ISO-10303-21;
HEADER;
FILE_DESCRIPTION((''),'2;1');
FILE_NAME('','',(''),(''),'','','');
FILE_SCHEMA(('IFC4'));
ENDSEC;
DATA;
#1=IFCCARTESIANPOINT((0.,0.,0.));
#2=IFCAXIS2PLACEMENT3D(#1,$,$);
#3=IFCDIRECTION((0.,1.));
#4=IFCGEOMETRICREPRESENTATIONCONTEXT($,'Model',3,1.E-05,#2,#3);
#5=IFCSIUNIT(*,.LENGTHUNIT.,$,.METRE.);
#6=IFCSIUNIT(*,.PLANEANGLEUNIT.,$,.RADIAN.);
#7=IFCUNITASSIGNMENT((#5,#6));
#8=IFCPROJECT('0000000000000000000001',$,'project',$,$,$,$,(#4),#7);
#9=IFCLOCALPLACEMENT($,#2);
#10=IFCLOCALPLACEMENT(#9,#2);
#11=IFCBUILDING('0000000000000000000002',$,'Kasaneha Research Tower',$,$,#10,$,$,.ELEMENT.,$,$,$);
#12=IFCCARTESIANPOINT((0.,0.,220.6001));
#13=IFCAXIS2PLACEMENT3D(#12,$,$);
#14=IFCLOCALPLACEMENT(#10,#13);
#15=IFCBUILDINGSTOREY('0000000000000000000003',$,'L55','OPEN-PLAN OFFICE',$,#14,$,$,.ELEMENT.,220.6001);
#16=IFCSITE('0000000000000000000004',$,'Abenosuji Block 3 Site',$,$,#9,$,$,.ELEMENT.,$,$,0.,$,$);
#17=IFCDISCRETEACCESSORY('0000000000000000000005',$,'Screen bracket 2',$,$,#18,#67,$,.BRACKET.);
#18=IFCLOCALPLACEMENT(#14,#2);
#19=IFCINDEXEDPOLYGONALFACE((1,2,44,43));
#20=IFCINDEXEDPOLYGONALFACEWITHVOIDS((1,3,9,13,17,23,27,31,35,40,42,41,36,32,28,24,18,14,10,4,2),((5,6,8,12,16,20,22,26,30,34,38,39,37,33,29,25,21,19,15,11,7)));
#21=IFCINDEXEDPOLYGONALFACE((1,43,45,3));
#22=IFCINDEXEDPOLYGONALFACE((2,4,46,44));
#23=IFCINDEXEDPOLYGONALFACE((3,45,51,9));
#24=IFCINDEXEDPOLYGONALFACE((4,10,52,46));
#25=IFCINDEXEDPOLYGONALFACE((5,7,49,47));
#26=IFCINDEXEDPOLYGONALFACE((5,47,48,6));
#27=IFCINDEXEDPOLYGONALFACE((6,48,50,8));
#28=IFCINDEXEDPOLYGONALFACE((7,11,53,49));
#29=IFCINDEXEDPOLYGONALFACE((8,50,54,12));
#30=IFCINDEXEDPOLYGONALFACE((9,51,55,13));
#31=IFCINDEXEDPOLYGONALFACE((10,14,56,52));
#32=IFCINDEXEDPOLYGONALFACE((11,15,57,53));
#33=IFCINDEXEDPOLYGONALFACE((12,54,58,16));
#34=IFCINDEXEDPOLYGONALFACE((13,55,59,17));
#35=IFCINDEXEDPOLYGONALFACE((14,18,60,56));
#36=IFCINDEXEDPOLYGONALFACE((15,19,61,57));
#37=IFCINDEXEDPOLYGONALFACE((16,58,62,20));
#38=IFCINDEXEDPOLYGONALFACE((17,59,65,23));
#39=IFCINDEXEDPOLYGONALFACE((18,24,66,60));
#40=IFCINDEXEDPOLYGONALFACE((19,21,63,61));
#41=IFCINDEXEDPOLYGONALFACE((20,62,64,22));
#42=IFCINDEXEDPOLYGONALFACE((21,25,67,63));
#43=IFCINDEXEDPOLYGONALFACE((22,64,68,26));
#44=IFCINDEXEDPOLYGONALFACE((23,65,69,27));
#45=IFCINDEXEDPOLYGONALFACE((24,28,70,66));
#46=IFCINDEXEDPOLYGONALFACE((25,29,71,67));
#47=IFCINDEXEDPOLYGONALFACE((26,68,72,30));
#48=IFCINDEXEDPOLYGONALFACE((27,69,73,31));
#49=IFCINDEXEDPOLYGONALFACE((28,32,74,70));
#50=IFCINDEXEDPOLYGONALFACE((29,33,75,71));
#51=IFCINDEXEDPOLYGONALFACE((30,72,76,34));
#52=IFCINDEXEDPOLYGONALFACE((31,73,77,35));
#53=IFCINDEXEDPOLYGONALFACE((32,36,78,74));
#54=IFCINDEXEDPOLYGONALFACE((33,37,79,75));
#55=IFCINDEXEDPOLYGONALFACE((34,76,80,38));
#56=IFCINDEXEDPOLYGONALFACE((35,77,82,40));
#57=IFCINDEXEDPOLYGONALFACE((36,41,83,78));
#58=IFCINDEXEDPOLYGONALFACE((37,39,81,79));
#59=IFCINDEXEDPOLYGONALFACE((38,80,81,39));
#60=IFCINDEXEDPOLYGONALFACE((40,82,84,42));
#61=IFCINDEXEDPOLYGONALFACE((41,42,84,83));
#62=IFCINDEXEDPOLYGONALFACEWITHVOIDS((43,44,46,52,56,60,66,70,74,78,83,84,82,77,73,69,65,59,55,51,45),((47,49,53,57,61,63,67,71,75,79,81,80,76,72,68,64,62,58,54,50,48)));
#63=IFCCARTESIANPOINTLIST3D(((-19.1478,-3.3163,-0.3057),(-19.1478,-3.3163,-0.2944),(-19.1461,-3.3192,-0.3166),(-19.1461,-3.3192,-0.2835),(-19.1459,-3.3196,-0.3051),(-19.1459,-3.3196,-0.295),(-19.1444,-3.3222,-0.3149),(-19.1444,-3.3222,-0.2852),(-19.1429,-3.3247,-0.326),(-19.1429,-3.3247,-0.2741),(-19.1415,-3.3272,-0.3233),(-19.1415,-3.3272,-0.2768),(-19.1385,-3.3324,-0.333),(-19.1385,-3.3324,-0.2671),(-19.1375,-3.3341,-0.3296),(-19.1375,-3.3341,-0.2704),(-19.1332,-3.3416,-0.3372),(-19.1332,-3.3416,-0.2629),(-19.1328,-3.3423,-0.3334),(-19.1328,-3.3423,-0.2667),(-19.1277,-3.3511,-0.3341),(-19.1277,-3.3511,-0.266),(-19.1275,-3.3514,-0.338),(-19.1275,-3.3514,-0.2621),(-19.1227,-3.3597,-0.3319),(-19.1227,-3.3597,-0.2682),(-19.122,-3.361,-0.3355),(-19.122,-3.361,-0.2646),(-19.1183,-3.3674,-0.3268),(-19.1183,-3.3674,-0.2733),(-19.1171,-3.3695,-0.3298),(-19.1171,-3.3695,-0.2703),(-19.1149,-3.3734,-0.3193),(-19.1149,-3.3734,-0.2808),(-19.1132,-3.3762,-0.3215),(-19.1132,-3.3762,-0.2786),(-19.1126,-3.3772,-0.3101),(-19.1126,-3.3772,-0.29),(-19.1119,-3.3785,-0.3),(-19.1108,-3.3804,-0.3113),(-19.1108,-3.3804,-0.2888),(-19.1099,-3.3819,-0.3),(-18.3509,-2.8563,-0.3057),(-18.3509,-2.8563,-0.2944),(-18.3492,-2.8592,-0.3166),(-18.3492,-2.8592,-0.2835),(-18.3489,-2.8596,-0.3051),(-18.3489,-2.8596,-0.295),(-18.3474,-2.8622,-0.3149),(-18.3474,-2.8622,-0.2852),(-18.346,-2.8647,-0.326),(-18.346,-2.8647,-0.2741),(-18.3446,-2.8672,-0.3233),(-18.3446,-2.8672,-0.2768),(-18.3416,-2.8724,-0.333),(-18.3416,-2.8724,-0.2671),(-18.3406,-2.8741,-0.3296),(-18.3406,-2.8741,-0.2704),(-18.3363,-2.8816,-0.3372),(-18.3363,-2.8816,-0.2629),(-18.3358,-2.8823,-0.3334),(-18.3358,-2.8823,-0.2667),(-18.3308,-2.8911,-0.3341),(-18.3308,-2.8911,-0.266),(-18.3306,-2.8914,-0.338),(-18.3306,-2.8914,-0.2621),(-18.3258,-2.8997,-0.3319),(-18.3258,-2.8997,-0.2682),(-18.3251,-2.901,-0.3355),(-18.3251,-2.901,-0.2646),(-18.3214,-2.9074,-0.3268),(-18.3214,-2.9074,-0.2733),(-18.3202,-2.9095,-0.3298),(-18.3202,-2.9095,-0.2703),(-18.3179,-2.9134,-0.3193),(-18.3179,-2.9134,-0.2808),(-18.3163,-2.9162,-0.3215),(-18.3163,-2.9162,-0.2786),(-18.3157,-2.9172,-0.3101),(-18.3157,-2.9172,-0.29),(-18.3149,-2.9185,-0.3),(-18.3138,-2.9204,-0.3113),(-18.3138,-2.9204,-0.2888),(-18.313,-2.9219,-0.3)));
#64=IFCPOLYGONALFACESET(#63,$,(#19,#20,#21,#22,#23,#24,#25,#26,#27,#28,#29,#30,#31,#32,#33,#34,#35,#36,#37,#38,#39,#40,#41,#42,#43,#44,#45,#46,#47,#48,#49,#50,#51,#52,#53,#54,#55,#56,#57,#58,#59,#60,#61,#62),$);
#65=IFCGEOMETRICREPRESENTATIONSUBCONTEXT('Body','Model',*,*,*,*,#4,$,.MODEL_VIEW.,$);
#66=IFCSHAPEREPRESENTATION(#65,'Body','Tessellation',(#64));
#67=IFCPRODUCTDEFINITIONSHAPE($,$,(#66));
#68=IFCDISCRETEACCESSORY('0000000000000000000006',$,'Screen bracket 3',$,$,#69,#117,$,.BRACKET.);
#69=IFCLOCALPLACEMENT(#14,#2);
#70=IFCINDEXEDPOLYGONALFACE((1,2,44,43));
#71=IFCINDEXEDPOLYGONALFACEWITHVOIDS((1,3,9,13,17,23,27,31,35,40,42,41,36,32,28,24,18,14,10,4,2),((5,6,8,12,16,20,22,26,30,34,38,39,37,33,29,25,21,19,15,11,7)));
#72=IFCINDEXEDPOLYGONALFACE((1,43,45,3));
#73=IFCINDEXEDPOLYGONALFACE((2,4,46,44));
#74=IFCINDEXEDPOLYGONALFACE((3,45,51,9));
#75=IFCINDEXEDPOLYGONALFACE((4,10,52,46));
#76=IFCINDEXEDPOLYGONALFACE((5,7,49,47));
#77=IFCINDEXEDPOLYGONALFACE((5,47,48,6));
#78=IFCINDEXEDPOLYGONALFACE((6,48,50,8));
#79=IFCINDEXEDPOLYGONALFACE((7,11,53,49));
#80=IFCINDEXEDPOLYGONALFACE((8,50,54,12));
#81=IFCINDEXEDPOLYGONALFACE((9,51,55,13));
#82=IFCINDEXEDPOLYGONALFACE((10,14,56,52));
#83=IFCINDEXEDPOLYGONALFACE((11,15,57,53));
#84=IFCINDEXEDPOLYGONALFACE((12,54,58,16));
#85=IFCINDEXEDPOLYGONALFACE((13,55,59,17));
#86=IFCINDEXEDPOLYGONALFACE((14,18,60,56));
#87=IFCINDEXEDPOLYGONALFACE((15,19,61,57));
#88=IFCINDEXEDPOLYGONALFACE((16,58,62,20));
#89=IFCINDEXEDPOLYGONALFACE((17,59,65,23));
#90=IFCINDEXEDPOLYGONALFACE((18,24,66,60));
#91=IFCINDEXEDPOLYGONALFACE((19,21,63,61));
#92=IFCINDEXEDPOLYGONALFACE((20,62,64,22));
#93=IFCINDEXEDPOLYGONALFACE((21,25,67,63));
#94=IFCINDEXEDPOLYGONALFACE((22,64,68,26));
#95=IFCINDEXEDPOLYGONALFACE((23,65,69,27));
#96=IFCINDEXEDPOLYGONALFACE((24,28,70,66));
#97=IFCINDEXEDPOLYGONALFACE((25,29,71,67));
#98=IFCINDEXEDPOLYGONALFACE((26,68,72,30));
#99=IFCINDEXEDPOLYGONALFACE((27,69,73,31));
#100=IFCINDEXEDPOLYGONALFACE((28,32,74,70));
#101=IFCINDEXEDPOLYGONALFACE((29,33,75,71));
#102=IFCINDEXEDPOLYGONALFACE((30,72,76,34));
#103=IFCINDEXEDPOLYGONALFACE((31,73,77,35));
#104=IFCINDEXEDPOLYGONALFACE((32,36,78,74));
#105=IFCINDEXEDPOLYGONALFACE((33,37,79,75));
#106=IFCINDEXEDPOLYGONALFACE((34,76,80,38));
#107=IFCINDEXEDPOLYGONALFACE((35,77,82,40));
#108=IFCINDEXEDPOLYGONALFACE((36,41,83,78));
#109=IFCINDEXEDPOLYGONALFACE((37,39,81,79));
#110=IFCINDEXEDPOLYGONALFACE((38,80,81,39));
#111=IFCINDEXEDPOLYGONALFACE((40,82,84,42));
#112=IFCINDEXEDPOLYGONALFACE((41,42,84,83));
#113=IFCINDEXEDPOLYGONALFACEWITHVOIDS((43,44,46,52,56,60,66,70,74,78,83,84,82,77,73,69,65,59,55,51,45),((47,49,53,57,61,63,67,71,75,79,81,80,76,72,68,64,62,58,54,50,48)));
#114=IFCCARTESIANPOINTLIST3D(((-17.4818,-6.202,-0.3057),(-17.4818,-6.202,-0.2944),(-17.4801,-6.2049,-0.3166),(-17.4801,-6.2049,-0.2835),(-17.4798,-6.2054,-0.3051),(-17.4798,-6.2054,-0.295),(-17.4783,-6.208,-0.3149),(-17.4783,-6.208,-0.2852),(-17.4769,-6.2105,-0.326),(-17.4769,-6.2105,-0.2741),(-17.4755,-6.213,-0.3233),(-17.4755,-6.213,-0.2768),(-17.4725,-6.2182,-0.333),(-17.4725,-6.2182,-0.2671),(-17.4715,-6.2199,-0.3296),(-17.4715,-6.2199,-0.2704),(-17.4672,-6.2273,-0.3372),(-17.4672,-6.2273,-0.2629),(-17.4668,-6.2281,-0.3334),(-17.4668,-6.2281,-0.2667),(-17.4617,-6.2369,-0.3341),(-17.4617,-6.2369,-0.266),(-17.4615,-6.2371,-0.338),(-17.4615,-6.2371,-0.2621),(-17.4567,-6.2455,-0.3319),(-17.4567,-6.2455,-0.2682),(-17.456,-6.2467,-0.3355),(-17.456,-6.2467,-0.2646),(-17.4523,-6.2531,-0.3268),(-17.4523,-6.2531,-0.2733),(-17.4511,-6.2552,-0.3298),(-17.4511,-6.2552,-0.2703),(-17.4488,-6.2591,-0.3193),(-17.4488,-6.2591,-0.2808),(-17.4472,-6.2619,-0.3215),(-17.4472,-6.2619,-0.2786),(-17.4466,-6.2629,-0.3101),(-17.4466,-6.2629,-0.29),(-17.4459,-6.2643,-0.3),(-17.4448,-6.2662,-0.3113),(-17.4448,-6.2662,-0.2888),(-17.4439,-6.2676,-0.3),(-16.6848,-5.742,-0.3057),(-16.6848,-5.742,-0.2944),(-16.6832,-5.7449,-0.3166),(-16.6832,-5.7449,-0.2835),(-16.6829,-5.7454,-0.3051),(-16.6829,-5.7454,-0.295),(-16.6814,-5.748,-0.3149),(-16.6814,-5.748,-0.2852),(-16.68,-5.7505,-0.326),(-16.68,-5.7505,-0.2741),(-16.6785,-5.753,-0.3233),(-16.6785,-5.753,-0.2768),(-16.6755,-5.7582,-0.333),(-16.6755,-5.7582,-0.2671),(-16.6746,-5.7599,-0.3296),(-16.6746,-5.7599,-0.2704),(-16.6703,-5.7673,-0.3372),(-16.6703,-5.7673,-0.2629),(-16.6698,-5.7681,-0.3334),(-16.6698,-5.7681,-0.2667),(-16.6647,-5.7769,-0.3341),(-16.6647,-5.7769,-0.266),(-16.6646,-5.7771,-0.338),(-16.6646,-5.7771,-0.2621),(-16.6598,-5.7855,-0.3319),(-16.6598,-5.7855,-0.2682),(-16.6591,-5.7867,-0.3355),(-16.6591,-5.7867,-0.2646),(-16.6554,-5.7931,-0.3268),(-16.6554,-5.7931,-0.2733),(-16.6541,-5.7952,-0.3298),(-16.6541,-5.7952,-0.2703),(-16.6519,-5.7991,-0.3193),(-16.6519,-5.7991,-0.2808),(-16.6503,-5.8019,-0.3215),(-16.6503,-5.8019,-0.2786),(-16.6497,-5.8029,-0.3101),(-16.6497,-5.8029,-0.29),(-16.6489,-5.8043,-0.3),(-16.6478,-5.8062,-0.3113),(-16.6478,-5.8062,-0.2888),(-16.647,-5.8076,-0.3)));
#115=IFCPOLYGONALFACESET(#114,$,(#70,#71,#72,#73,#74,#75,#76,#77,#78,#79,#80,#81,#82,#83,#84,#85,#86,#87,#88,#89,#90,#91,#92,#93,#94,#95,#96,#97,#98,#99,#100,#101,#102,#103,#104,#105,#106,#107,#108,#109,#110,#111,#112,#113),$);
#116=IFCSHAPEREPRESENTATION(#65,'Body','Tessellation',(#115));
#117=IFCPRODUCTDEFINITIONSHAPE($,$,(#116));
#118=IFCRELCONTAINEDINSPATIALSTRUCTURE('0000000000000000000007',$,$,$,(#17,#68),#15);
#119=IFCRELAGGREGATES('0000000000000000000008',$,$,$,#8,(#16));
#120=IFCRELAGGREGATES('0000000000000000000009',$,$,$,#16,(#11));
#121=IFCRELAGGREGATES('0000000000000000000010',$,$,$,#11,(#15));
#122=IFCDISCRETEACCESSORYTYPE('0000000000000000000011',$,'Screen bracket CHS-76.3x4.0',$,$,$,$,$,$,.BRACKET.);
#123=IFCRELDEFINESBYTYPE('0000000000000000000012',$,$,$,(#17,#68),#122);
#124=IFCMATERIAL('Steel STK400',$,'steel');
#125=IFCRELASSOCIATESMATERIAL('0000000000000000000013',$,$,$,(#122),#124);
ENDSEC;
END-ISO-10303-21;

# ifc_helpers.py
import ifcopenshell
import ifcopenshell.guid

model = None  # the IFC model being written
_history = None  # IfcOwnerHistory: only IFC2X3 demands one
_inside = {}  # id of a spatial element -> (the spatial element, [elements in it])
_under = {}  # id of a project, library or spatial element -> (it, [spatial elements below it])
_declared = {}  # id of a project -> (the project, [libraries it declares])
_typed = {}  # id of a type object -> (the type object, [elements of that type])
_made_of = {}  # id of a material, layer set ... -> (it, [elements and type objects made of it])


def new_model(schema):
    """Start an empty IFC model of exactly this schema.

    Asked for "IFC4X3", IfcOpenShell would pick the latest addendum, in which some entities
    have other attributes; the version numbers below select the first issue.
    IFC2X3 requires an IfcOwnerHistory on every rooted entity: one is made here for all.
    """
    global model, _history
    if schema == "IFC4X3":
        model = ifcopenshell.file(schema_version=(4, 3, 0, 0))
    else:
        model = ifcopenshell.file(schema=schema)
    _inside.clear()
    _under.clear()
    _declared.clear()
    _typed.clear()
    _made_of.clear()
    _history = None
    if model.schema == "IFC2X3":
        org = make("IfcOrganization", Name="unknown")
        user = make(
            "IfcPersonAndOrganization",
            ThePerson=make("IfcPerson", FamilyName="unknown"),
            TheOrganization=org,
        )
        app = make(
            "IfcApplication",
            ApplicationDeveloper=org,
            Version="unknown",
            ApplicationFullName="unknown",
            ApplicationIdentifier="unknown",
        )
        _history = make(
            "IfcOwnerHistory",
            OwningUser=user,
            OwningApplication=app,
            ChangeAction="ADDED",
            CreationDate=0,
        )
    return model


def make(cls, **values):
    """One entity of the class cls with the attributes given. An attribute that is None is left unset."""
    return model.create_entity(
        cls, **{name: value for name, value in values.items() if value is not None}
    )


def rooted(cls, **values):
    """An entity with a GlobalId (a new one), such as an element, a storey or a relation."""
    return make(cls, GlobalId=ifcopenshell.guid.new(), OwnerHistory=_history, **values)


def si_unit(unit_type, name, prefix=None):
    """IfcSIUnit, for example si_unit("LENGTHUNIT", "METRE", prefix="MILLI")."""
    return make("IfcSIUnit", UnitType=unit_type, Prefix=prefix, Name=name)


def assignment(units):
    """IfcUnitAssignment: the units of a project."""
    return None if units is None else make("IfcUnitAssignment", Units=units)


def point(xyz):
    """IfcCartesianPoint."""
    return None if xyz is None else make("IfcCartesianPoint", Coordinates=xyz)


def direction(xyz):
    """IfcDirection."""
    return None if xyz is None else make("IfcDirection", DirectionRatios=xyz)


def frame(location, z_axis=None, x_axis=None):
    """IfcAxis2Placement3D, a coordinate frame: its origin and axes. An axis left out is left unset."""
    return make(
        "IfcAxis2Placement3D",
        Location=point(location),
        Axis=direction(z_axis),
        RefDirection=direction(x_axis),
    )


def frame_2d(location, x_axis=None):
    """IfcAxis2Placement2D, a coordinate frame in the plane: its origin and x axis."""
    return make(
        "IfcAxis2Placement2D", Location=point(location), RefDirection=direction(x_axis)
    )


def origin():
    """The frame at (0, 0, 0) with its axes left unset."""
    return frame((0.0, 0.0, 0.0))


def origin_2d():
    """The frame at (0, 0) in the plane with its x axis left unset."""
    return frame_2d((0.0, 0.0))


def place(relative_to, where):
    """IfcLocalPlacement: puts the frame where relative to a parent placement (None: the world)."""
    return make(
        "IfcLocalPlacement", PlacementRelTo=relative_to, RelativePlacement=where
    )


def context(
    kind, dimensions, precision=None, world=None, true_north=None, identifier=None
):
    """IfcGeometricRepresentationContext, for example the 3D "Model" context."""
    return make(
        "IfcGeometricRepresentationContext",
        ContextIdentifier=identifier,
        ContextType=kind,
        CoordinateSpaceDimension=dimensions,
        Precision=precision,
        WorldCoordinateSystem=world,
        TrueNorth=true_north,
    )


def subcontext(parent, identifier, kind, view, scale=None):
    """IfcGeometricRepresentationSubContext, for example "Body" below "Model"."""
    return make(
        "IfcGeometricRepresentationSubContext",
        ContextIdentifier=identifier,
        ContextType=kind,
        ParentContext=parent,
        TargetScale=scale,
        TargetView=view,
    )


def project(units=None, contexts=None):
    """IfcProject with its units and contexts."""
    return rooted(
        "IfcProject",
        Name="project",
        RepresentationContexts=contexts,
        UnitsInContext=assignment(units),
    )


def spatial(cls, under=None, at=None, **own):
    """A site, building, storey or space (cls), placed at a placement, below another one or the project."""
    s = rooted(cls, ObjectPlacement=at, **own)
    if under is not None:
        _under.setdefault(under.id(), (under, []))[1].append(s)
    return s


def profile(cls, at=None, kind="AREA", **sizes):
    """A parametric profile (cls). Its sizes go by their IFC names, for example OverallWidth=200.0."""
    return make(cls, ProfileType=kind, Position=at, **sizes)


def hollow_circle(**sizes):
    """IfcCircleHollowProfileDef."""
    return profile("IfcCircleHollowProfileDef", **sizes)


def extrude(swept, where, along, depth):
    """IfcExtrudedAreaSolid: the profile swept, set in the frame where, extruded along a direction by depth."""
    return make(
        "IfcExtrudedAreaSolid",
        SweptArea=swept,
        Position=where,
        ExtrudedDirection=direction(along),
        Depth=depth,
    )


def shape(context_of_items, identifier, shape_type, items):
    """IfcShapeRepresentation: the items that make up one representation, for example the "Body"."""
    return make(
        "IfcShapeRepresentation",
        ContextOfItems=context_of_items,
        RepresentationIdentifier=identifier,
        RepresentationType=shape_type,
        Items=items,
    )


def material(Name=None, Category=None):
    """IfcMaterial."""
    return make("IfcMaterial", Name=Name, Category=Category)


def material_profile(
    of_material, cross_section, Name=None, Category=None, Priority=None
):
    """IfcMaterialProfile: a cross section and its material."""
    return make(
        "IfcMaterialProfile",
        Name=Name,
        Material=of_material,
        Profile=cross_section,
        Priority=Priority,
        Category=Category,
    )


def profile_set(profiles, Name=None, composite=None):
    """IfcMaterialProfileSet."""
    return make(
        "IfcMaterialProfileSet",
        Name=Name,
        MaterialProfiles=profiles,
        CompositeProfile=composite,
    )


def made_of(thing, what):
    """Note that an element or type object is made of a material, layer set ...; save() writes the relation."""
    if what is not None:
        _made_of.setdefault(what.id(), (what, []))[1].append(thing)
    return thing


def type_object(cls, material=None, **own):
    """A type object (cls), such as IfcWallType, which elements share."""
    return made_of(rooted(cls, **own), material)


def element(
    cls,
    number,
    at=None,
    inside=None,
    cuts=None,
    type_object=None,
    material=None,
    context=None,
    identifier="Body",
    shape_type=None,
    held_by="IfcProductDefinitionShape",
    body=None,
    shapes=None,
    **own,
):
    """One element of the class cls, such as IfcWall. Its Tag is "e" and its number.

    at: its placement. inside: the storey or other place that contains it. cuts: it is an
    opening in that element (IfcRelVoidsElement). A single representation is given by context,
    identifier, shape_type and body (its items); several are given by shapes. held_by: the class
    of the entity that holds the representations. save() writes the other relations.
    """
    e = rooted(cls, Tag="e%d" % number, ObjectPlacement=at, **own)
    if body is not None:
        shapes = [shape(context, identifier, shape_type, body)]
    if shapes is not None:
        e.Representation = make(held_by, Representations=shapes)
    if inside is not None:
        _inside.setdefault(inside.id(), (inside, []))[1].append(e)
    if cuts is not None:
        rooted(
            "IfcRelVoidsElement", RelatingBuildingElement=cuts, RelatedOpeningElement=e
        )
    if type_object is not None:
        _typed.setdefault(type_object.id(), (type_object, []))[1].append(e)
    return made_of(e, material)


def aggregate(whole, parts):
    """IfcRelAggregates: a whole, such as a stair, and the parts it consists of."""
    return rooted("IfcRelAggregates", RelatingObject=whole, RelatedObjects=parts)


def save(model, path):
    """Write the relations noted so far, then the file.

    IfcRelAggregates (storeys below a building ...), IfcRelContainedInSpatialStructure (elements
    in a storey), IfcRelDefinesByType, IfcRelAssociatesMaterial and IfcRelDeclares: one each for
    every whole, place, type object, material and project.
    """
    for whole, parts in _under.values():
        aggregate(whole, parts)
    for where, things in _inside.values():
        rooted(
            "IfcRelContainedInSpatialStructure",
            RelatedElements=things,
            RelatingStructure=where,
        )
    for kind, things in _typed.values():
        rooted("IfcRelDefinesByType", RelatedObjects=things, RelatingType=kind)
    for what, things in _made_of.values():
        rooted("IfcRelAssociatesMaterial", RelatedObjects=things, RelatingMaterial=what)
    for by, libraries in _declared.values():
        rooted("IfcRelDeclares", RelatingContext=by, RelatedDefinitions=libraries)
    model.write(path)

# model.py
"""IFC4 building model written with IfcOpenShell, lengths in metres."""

from ifc_helpers import new_model, si_unit, direction, frame, origin, origin_2d, place, context, subcontext, project, spatial, hollow_circle, extrude, material, material_profile, profile_set, type_object, element, save


model = new_model("IFC4")

# Units and contexts
model_context = context("Model", 3, precision=1e-05, world=origin(), true_north=direction((0.0, 1.0)))
body_context = subcontext(model_context, "Body", "Model", "MODEL_VIEW")
ifc_project = project(units=[si_unit("LENGTHUNIT", "METRE"), si_unit("PLANEANGLEUNIT", "RADIAN")], contexts=[model_context])

# Site, building, storey
site_placement = place(None, origin())
site = spatial("IfcSite", under=ifc_project, at=site_placement, Name="Abenosuji Block 3 Site", CompositionType="ELEMENT", RefElevation=0.0)
building_placement = place(site_placement, origin())
building = spatial("IfcBuilding", under=site, at=building_placement, Name="Kasaneha Research Tower", CompositionType="ELEMENT")
storey_placement = place(building_placement, frame((0.0, 0.0, 220.6001)))
storey = spatial("IfcBuildingStorey", under=building, at=storey_placement, Name="L55", Description="OPEN-PLAN OFFICE", CompositionType="ELEMENT", Elevation=220.6001)

# Discrete accessories
ifc_material_1 = material(Name="Steel STK400", Category="steel")
ifc_material_profile_1 = material_profile(ifc_material_1, hollow_circle(Radius=0.0381, WallThickness=0.0039, at=origin_2d()), Name="CHS-76.3x4.0")
ifc_profile_set_1 = profile_set([ifc_material_profile_1], Name="Steel STK400")
discrete_accessory_type = type_object("IfcDiscreteAccessoryType", Name="Screen bracket CHS-76.3x4.0", PredefinedType="BRACKET", material=ifc_profile_set_1)
for number, where, z_axis, x_axis, name in (
    (1, (-18.332, -2.8889, -0.3), (-0.86608, -0.499906, 0.0), (0.499906, -0.86608, 0.0), "Screen bracket 2"),
    (2, (-16.666, -5.7747, -0.3), (-0.86608, -0.499906, 0.0), (0.499906, -0.86608, 0.0), "Screen bracket 3"),
):
    element("IfcDiscreteAccessory", number, at=place(storey_placement, frame(where, z_axis=z_axis, x_axis=x_axis)), inside=storey, type_object=discrete_accessory_type, Name=name, PredefinedType="BRACKET", context=body_context, shape_type="SweptSolid", body=[
        extrude(hollow_circle(Radius=0.0381, WallThickness=0.0039, at=origin_2d()), origin(), (0.0, 0.0, 1.0), 0.9202),
    ])

save(model, "model.ifc")
